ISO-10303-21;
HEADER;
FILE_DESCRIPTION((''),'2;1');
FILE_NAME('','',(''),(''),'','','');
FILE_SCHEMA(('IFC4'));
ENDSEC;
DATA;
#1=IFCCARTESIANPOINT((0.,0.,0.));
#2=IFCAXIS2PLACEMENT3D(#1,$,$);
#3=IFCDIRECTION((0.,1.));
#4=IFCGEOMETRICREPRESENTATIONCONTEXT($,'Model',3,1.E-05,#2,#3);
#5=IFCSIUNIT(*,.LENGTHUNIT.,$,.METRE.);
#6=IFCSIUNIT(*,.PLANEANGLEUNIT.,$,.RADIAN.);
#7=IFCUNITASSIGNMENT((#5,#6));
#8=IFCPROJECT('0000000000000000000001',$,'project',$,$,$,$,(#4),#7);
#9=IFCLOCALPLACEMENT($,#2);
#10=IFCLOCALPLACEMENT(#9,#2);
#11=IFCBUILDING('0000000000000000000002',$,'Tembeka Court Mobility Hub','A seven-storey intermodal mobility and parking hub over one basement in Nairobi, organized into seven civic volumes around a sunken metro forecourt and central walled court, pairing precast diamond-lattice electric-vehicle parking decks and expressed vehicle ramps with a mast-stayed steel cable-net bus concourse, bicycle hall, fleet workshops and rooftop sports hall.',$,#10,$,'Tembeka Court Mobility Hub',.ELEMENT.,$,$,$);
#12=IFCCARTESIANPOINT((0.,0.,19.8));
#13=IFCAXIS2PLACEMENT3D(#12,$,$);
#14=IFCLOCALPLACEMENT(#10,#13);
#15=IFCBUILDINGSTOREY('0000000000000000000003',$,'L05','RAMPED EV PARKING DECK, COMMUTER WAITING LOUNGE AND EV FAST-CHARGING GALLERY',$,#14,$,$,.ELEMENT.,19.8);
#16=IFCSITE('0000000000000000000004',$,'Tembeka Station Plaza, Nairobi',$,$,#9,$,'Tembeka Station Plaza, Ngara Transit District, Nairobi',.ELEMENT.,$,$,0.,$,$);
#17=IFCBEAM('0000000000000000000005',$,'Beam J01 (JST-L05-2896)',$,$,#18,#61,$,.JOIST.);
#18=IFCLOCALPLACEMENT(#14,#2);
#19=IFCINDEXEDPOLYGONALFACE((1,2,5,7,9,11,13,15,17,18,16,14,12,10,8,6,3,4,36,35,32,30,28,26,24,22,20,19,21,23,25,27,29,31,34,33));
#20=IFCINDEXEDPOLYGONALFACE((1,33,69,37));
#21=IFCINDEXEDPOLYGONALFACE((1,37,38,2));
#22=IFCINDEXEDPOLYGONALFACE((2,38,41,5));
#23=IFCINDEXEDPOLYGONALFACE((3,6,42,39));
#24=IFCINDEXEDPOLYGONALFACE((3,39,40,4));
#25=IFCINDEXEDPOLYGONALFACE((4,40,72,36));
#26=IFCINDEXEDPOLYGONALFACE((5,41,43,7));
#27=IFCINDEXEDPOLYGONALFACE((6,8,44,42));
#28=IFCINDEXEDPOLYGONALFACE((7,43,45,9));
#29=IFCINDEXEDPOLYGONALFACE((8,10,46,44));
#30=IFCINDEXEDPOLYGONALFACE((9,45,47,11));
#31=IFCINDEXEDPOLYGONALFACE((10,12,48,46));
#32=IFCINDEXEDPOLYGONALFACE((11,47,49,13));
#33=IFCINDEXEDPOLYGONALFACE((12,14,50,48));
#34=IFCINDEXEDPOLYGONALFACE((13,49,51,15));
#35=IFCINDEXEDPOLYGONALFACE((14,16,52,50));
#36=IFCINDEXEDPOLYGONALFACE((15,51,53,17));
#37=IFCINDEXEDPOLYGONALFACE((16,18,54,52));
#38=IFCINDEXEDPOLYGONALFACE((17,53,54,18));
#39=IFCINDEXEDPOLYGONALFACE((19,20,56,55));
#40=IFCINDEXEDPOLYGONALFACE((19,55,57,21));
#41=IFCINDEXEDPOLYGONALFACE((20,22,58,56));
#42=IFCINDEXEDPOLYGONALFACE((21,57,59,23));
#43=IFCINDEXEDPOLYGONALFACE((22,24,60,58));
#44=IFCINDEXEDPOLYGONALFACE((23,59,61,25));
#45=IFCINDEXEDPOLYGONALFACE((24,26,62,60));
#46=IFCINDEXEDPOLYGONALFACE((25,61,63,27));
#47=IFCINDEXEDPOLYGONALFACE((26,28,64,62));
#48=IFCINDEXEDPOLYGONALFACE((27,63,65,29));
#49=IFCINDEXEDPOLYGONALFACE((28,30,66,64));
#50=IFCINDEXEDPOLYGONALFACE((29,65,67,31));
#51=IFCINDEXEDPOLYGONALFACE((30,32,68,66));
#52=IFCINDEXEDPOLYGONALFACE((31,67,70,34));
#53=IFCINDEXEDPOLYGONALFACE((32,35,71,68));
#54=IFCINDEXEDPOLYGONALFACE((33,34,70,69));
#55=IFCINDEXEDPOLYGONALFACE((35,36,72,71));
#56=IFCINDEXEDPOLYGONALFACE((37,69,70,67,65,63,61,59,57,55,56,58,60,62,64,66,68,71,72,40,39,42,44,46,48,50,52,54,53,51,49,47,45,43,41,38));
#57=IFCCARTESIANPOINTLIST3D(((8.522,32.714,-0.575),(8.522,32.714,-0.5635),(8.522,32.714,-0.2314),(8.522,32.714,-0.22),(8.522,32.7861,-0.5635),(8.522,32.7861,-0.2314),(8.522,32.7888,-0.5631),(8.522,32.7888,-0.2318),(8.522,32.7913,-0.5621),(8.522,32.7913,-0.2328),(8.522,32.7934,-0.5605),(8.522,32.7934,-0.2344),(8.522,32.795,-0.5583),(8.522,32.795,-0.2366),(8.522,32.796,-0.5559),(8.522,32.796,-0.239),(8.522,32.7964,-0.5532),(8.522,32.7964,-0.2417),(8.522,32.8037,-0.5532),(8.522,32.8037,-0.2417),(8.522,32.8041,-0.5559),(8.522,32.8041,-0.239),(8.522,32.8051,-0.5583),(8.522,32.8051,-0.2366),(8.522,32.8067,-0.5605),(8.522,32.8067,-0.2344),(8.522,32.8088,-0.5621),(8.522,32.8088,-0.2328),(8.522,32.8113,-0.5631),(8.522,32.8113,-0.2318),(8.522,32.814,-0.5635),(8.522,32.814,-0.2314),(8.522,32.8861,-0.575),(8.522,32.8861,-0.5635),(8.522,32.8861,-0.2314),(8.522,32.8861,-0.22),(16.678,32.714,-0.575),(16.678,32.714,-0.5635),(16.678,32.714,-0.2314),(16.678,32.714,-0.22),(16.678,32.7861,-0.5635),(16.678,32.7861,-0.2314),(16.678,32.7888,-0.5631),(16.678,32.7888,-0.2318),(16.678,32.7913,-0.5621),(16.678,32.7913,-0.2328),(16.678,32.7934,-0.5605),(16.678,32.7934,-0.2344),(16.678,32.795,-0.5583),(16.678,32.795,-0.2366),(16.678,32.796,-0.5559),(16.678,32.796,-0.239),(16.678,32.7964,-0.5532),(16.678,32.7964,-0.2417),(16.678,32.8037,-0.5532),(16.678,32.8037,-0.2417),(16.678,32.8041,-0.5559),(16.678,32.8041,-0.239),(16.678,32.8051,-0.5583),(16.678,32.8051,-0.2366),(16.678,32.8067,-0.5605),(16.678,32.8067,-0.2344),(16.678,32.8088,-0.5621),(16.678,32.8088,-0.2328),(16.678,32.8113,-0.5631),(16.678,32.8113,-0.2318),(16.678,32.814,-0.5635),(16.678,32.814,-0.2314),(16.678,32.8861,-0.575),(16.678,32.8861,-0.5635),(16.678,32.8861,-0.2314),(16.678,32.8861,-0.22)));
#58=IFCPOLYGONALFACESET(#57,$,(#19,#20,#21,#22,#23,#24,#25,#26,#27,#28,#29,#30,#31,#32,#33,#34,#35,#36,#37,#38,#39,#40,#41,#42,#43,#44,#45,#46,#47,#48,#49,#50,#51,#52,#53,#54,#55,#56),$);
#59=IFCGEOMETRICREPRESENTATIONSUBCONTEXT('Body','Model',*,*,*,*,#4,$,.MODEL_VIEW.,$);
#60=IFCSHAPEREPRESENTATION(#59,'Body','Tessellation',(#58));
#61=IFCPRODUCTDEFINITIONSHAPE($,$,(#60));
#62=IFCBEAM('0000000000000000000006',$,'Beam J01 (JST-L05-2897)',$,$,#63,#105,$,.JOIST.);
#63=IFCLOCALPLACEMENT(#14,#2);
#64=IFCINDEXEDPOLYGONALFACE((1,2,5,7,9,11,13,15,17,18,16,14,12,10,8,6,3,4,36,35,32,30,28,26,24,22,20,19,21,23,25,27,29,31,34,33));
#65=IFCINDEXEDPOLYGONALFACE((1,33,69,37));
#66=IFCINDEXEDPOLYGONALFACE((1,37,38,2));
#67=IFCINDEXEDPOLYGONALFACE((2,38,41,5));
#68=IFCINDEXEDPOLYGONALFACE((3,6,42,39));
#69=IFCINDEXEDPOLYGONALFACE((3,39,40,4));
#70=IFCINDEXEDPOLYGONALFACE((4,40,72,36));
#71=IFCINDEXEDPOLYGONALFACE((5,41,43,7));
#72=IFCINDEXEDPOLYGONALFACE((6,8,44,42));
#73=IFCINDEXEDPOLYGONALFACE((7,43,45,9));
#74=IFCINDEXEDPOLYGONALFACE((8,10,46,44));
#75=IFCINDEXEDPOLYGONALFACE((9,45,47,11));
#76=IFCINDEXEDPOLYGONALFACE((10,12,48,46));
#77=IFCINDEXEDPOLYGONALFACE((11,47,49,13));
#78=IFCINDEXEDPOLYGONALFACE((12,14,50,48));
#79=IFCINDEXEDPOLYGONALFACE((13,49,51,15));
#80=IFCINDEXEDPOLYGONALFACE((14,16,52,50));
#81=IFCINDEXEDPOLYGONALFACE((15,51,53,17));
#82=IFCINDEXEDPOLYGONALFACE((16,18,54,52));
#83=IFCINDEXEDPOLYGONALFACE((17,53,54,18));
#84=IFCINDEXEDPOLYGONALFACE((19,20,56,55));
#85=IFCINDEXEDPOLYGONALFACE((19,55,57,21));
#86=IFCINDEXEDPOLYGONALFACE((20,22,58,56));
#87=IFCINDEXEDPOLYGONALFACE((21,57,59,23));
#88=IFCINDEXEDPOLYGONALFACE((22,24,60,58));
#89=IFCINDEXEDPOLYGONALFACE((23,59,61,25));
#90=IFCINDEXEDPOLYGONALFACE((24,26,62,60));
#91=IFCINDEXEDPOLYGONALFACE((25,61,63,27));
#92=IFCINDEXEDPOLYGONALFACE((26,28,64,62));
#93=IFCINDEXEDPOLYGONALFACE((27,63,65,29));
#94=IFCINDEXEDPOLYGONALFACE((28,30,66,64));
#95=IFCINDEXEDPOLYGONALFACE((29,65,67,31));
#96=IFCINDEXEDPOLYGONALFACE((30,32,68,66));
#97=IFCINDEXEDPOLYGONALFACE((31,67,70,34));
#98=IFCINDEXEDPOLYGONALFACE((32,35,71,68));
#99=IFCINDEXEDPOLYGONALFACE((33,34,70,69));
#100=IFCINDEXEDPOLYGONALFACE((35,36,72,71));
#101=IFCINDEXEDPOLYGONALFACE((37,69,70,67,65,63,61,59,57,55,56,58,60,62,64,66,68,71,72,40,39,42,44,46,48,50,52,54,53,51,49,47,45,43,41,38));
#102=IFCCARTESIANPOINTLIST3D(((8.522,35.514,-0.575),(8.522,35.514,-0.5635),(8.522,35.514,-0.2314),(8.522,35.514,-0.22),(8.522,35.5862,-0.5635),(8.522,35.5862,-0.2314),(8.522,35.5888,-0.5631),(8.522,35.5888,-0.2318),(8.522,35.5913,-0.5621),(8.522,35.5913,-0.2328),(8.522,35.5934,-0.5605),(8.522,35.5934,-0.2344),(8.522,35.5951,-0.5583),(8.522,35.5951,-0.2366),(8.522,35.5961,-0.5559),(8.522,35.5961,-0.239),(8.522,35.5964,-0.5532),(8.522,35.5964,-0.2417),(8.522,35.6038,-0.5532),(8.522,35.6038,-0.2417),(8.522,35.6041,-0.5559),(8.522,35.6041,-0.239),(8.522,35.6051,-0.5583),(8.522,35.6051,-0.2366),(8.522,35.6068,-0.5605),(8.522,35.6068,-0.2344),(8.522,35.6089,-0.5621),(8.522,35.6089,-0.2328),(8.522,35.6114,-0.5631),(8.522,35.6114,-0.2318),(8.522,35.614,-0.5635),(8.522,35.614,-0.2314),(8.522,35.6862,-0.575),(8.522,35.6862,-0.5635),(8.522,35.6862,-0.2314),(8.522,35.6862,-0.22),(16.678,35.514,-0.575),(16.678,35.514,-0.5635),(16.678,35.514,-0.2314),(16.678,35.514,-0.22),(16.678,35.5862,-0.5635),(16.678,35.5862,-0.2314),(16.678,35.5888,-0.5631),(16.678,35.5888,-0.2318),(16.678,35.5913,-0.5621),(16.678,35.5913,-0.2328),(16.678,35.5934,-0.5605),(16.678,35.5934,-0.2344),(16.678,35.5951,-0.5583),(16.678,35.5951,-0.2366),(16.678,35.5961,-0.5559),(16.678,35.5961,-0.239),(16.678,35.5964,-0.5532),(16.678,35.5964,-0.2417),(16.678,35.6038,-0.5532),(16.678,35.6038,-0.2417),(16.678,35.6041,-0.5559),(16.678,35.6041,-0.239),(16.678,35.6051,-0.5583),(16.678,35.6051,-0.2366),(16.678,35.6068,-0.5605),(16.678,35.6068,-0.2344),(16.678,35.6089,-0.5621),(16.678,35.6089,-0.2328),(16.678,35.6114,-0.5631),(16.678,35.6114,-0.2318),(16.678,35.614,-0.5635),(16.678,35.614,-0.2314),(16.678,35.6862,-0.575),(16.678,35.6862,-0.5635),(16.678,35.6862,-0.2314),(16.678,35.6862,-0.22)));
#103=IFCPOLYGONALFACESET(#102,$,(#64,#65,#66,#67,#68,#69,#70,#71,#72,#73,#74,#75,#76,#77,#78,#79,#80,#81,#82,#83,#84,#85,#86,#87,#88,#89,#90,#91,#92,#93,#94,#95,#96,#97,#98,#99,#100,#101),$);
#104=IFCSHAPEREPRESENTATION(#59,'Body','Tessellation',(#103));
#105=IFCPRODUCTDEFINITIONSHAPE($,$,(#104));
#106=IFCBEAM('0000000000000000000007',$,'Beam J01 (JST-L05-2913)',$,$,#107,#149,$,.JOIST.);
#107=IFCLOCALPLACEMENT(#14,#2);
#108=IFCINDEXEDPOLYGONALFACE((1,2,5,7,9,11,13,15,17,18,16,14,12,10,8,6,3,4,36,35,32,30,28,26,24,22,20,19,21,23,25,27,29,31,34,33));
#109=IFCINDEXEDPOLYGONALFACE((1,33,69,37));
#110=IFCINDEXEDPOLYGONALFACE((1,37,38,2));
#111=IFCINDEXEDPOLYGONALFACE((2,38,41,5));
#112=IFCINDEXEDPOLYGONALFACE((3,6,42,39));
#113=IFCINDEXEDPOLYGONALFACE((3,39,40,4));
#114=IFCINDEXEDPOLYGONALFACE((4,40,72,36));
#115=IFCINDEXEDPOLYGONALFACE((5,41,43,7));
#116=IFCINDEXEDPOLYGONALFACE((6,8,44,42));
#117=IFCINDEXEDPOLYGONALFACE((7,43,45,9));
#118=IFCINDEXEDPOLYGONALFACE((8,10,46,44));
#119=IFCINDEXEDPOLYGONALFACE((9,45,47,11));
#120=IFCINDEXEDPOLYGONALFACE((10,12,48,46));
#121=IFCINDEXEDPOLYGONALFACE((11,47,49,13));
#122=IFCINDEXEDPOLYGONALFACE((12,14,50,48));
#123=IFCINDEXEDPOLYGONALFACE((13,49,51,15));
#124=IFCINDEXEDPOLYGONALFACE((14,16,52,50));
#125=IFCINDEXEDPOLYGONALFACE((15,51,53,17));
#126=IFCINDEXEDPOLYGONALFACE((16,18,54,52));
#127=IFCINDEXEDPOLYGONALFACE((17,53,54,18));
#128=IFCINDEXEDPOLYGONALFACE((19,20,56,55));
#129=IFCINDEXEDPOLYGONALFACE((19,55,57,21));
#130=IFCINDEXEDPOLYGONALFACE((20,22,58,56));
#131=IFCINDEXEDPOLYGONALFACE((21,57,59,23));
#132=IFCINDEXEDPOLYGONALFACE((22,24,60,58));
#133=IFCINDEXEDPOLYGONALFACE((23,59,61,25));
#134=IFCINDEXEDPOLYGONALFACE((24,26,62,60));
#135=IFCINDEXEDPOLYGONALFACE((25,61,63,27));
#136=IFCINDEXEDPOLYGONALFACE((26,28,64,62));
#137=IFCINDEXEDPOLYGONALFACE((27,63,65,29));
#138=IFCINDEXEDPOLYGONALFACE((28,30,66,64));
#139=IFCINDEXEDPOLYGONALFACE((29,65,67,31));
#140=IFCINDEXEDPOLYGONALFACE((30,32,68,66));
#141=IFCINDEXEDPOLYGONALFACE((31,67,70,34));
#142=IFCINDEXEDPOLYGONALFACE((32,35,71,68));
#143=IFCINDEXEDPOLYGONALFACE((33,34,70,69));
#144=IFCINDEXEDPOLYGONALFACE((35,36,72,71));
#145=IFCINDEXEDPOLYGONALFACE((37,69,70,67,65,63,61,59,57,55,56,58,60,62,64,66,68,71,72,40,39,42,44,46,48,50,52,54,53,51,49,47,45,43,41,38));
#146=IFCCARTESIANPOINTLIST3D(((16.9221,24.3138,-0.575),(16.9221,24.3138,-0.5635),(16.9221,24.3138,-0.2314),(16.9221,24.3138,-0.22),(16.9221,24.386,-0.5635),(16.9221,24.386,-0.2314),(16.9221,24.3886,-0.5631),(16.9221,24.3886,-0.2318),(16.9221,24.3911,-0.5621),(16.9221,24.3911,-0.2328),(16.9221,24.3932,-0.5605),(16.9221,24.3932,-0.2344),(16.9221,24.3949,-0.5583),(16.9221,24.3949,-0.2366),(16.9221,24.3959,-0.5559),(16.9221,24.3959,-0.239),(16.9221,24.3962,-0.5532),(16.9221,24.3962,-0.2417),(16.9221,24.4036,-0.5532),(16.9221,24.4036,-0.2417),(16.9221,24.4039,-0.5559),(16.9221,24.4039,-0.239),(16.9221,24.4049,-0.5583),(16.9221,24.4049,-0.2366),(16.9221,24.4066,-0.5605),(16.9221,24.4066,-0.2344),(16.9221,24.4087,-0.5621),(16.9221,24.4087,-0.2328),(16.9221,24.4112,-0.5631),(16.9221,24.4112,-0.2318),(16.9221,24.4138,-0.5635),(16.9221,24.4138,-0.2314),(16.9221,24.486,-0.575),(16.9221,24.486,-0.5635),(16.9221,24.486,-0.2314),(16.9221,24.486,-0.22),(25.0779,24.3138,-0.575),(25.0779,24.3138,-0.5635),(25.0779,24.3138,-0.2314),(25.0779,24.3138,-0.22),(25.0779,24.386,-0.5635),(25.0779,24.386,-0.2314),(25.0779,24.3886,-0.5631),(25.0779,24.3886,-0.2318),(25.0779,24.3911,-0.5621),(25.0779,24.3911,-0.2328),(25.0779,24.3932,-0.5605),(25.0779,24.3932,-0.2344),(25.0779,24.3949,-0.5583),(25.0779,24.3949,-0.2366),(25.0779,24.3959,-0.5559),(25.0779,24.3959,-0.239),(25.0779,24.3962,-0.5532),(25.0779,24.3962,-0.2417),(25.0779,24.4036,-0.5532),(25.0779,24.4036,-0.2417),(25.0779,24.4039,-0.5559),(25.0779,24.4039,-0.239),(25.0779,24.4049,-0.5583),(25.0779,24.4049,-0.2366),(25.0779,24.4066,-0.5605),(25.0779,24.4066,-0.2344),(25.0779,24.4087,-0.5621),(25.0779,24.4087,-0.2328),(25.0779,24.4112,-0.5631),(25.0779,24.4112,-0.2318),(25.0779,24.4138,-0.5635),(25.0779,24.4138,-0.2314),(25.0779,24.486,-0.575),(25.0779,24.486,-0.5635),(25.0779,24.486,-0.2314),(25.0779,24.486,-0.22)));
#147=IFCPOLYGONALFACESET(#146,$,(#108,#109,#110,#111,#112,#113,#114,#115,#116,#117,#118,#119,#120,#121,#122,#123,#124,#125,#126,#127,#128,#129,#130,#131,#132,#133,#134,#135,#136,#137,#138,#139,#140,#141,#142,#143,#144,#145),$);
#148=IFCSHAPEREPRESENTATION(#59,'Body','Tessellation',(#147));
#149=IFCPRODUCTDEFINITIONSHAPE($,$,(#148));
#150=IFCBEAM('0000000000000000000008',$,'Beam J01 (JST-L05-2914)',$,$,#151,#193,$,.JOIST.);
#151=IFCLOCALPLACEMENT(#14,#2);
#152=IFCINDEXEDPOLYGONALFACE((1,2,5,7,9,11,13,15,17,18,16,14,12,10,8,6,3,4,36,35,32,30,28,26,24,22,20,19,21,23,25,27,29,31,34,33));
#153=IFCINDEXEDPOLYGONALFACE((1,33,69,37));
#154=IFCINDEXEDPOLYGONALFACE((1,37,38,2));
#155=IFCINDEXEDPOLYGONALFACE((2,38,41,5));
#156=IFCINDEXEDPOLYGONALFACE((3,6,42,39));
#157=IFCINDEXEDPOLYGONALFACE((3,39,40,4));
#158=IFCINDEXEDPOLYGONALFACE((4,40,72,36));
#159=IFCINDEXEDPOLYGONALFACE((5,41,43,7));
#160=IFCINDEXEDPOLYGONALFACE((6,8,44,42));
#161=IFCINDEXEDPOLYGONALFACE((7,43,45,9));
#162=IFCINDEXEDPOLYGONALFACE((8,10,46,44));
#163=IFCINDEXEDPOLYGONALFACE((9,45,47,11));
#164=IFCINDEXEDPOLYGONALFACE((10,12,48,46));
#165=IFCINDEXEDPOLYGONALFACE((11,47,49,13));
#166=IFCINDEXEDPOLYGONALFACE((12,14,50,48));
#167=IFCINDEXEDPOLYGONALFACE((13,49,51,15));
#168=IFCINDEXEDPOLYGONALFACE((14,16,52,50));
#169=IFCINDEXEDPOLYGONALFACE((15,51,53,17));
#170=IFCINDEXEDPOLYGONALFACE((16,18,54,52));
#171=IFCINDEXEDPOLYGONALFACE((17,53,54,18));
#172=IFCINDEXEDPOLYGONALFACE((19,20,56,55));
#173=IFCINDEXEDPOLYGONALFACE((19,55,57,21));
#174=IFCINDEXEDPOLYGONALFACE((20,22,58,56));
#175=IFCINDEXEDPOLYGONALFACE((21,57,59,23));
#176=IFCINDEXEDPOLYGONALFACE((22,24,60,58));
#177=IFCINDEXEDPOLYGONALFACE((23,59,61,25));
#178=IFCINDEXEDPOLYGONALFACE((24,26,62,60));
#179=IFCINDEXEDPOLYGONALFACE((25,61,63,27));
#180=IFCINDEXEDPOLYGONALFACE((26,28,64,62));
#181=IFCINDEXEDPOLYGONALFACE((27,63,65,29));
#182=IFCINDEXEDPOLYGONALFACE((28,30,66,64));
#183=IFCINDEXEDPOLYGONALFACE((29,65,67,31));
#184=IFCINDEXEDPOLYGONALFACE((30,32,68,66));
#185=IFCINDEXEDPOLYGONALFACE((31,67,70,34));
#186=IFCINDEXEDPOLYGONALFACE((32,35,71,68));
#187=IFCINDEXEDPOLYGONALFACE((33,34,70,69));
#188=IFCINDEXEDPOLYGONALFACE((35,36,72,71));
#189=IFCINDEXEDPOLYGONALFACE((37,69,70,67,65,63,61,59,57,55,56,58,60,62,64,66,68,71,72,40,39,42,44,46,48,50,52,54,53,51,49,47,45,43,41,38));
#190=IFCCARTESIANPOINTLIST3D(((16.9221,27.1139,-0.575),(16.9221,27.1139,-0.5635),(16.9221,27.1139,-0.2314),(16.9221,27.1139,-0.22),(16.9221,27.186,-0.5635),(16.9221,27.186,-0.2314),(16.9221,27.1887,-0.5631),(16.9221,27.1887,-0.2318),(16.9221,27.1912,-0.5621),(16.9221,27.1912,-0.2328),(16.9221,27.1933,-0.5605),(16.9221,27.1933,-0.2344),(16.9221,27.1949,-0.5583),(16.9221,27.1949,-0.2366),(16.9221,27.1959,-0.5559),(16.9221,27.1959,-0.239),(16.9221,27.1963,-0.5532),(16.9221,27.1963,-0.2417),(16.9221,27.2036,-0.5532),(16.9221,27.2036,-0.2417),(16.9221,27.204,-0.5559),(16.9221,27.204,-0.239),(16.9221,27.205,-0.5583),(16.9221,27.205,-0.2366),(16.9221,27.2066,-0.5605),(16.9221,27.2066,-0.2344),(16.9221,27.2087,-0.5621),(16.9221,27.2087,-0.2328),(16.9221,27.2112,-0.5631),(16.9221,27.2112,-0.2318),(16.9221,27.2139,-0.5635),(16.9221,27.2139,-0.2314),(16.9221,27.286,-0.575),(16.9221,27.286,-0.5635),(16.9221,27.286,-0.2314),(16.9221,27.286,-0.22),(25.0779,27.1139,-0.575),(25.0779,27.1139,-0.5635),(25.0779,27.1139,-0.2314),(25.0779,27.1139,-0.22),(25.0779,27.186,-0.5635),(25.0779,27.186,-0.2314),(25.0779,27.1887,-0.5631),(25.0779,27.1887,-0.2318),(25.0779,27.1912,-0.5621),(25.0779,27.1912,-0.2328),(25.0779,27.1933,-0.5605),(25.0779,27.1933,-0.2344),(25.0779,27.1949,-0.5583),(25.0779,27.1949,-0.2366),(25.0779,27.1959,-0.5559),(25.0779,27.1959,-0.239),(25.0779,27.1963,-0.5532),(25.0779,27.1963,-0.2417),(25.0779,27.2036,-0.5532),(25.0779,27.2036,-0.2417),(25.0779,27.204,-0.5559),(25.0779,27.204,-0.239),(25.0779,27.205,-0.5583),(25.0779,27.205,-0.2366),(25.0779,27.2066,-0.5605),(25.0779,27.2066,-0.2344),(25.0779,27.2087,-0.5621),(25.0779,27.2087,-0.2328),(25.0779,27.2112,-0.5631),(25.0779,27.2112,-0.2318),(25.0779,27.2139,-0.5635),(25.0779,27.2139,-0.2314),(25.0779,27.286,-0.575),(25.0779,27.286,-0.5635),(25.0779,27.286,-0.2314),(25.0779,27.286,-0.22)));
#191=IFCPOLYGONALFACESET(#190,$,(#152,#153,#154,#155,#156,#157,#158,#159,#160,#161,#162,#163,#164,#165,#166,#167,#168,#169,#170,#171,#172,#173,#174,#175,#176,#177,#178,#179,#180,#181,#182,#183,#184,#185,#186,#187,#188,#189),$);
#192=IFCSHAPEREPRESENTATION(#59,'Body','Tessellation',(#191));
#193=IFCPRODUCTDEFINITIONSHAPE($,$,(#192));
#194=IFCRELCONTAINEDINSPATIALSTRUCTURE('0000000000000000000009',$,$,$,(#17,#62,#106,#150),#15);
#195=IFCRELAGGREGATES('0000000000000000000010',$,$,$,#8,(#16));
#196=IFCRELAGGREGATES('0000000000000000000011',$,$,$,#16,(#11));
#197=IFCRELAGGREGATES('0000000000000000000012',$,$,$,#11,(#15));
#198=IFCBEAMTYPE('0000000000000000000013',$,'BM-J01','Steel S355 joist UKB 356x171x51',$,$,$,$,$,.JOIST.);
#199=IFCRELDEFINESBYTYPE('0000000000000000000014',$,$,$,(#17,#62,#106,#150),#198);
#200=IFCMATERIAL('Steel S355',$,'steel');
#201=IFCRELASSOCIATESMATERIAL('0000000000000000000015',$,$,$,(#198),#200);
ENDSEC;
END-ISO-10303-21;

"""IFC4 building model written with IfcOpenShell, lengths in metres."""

from ifc_helpers import new_model, si_unit, direction, frame, origin, origin_2d, place, context, subcontext, project, spatial, i_section, extrude, material, material_profile, profile_set, type_object, element, save


model = new_model("IFC4")

# Units and contexts
model_context = context("Model", 3, precision=1e-05, world=origin(), true_north=direction((0.0, 1.0)))
body_context = subcontext(model_context, "Body", "Model", "MODEL_VIEW")
ifc_project = project(units=[si_unit("LENGTHUNIT", "METRE"), si_unit("PLANEANGLEUNIT", "RADIAN")], contexts=[model_context])

# Site, building, storey
site_placement = place(None, origin())
site = spatial("IfcSite", under=ifc_project, at=site_placement, Name="Tembeka Station Plaza, Nairobi", LongName="Tembeka Station Plaza, Ngara Transit District, Nairobi", CompositionType="ELEMENT", RefElevation=0.0)
building_placement = place(site_placement, origin())
building = spatial("IfcBuilding", under=site, at=building_placement, Name="Tembeka Court Mobility Hub", Description="A seven-storey intermodal mobility and parking hub over one basement in Nairobi, organized into seven civic volumes around a sunken metro forecourt and central walled court, pairing precast diamond-lattice electric-vehicle parking decks and expressed vehicle ramps with a mast-stayed steel cable-net bus concourse, bicycle hall, fleet workshops and rooftop sports hall.", LongName="Tembeka Court Mobility Hub", CompositionType="ELEMENT")
storey_placement = place(building_placement, frame((0.0, 0.0, 19.8)))
storey = spatial("IfcBuildingStorey", under=building, at=storey_placement, Name="L05", Description="RAMPED EV PARKING DECK, COMMUTER WAITING LOUNGE AND EV FAST-CHARGING GALLERY", CompositionType="ELEMENT", Elevation=19.8)

# Shared definitions
ifc_material_1 = material(Name="Steel S355", Category="steel")

# Beams
ifc_material_profile_1 = material_profile(ifc_material_1, i_section(OverallWidth=0.1721, OverallDepth=0.355, WebThickness=0.0073, FlangeThickness=0.0115, FilletRadius=0.0103, at=origin_2d()), Name="UKB 356x171x51")
ifc_profile_set_1 = profile_set([ifc_material_profile_1], Name="Steel S355")
beam_type_1 = type_object("IfcBeamType", Name="BM-J01", Description="Steel S355 joist UKB 356x171x51", PredefinedType="JOIST", material=ifc_profile_set_1)
for number, where, z_axis, x_axis, name in (
    (1, (8.522, 32.8, -0.3975), (1.0, 0.0, 0.0), (0.0, 1.0, 0.0), "Beam J01 (JST-L05-2896)"),
    (2, (8.522, 35.6001, -0.3975), (1.0, 0.0, 0.0), (0.0, 1.0, 0.0), "Beam J01 (JST-L05-2897)"),
):
    element("IfcBeam", number, at=place(storey_placement, frame(where, z_axis=z_axis, x_axis=x_axis)), inside=storey, type_object=beam_type_1, Name=name, PredefinedType="JOIST", context=body_context, shape_type="SweptSolid", body=[
        extrude(i_section(OverallWidth=0.1721, OverallDepth=0.355, WebThickness=0.0073, FlangeThickness=0.0115, FilletRadius=0.0103, at=origin_2d()), origin(), (0.0, 0.0, 1.0), 8.156),
    ])
for number, where, z_axis, x_axis, name in (
    (3, (16.9221, 24.3999, -0.3975), (1.0, 0.0, 0.0), (0.0, 1.0, 0.0), "Beam J01 (JST-L05-2913)"),
    (4, (16.9221, 27.2, -0.3975), (1.0, 0.0, 0.0), (0.0, 1.0, 0.0), "Beam J01 (JST-L05-2914)"),
):
    element("IfcBeam", number, at=place(storey_placement, frame(where, z_axis=z_axis, x_axis=x_axis)), inside=storey, type_object=beam_type_1, Name=name, PredefinedType="JOIST", context=body_context, shape_type="SweptSolid", body=[
        extrude(i_section(OverallWidth=0.1721, OverallDepth=0.355, WebThickness=0.0073, FlangeThickness=0.0115, FilletRadius=0.0103, at=origin_2d()), origin(), (0.0, 0.0, 1.0), 8.1558),
    ])

save(model, "model.ifc")
